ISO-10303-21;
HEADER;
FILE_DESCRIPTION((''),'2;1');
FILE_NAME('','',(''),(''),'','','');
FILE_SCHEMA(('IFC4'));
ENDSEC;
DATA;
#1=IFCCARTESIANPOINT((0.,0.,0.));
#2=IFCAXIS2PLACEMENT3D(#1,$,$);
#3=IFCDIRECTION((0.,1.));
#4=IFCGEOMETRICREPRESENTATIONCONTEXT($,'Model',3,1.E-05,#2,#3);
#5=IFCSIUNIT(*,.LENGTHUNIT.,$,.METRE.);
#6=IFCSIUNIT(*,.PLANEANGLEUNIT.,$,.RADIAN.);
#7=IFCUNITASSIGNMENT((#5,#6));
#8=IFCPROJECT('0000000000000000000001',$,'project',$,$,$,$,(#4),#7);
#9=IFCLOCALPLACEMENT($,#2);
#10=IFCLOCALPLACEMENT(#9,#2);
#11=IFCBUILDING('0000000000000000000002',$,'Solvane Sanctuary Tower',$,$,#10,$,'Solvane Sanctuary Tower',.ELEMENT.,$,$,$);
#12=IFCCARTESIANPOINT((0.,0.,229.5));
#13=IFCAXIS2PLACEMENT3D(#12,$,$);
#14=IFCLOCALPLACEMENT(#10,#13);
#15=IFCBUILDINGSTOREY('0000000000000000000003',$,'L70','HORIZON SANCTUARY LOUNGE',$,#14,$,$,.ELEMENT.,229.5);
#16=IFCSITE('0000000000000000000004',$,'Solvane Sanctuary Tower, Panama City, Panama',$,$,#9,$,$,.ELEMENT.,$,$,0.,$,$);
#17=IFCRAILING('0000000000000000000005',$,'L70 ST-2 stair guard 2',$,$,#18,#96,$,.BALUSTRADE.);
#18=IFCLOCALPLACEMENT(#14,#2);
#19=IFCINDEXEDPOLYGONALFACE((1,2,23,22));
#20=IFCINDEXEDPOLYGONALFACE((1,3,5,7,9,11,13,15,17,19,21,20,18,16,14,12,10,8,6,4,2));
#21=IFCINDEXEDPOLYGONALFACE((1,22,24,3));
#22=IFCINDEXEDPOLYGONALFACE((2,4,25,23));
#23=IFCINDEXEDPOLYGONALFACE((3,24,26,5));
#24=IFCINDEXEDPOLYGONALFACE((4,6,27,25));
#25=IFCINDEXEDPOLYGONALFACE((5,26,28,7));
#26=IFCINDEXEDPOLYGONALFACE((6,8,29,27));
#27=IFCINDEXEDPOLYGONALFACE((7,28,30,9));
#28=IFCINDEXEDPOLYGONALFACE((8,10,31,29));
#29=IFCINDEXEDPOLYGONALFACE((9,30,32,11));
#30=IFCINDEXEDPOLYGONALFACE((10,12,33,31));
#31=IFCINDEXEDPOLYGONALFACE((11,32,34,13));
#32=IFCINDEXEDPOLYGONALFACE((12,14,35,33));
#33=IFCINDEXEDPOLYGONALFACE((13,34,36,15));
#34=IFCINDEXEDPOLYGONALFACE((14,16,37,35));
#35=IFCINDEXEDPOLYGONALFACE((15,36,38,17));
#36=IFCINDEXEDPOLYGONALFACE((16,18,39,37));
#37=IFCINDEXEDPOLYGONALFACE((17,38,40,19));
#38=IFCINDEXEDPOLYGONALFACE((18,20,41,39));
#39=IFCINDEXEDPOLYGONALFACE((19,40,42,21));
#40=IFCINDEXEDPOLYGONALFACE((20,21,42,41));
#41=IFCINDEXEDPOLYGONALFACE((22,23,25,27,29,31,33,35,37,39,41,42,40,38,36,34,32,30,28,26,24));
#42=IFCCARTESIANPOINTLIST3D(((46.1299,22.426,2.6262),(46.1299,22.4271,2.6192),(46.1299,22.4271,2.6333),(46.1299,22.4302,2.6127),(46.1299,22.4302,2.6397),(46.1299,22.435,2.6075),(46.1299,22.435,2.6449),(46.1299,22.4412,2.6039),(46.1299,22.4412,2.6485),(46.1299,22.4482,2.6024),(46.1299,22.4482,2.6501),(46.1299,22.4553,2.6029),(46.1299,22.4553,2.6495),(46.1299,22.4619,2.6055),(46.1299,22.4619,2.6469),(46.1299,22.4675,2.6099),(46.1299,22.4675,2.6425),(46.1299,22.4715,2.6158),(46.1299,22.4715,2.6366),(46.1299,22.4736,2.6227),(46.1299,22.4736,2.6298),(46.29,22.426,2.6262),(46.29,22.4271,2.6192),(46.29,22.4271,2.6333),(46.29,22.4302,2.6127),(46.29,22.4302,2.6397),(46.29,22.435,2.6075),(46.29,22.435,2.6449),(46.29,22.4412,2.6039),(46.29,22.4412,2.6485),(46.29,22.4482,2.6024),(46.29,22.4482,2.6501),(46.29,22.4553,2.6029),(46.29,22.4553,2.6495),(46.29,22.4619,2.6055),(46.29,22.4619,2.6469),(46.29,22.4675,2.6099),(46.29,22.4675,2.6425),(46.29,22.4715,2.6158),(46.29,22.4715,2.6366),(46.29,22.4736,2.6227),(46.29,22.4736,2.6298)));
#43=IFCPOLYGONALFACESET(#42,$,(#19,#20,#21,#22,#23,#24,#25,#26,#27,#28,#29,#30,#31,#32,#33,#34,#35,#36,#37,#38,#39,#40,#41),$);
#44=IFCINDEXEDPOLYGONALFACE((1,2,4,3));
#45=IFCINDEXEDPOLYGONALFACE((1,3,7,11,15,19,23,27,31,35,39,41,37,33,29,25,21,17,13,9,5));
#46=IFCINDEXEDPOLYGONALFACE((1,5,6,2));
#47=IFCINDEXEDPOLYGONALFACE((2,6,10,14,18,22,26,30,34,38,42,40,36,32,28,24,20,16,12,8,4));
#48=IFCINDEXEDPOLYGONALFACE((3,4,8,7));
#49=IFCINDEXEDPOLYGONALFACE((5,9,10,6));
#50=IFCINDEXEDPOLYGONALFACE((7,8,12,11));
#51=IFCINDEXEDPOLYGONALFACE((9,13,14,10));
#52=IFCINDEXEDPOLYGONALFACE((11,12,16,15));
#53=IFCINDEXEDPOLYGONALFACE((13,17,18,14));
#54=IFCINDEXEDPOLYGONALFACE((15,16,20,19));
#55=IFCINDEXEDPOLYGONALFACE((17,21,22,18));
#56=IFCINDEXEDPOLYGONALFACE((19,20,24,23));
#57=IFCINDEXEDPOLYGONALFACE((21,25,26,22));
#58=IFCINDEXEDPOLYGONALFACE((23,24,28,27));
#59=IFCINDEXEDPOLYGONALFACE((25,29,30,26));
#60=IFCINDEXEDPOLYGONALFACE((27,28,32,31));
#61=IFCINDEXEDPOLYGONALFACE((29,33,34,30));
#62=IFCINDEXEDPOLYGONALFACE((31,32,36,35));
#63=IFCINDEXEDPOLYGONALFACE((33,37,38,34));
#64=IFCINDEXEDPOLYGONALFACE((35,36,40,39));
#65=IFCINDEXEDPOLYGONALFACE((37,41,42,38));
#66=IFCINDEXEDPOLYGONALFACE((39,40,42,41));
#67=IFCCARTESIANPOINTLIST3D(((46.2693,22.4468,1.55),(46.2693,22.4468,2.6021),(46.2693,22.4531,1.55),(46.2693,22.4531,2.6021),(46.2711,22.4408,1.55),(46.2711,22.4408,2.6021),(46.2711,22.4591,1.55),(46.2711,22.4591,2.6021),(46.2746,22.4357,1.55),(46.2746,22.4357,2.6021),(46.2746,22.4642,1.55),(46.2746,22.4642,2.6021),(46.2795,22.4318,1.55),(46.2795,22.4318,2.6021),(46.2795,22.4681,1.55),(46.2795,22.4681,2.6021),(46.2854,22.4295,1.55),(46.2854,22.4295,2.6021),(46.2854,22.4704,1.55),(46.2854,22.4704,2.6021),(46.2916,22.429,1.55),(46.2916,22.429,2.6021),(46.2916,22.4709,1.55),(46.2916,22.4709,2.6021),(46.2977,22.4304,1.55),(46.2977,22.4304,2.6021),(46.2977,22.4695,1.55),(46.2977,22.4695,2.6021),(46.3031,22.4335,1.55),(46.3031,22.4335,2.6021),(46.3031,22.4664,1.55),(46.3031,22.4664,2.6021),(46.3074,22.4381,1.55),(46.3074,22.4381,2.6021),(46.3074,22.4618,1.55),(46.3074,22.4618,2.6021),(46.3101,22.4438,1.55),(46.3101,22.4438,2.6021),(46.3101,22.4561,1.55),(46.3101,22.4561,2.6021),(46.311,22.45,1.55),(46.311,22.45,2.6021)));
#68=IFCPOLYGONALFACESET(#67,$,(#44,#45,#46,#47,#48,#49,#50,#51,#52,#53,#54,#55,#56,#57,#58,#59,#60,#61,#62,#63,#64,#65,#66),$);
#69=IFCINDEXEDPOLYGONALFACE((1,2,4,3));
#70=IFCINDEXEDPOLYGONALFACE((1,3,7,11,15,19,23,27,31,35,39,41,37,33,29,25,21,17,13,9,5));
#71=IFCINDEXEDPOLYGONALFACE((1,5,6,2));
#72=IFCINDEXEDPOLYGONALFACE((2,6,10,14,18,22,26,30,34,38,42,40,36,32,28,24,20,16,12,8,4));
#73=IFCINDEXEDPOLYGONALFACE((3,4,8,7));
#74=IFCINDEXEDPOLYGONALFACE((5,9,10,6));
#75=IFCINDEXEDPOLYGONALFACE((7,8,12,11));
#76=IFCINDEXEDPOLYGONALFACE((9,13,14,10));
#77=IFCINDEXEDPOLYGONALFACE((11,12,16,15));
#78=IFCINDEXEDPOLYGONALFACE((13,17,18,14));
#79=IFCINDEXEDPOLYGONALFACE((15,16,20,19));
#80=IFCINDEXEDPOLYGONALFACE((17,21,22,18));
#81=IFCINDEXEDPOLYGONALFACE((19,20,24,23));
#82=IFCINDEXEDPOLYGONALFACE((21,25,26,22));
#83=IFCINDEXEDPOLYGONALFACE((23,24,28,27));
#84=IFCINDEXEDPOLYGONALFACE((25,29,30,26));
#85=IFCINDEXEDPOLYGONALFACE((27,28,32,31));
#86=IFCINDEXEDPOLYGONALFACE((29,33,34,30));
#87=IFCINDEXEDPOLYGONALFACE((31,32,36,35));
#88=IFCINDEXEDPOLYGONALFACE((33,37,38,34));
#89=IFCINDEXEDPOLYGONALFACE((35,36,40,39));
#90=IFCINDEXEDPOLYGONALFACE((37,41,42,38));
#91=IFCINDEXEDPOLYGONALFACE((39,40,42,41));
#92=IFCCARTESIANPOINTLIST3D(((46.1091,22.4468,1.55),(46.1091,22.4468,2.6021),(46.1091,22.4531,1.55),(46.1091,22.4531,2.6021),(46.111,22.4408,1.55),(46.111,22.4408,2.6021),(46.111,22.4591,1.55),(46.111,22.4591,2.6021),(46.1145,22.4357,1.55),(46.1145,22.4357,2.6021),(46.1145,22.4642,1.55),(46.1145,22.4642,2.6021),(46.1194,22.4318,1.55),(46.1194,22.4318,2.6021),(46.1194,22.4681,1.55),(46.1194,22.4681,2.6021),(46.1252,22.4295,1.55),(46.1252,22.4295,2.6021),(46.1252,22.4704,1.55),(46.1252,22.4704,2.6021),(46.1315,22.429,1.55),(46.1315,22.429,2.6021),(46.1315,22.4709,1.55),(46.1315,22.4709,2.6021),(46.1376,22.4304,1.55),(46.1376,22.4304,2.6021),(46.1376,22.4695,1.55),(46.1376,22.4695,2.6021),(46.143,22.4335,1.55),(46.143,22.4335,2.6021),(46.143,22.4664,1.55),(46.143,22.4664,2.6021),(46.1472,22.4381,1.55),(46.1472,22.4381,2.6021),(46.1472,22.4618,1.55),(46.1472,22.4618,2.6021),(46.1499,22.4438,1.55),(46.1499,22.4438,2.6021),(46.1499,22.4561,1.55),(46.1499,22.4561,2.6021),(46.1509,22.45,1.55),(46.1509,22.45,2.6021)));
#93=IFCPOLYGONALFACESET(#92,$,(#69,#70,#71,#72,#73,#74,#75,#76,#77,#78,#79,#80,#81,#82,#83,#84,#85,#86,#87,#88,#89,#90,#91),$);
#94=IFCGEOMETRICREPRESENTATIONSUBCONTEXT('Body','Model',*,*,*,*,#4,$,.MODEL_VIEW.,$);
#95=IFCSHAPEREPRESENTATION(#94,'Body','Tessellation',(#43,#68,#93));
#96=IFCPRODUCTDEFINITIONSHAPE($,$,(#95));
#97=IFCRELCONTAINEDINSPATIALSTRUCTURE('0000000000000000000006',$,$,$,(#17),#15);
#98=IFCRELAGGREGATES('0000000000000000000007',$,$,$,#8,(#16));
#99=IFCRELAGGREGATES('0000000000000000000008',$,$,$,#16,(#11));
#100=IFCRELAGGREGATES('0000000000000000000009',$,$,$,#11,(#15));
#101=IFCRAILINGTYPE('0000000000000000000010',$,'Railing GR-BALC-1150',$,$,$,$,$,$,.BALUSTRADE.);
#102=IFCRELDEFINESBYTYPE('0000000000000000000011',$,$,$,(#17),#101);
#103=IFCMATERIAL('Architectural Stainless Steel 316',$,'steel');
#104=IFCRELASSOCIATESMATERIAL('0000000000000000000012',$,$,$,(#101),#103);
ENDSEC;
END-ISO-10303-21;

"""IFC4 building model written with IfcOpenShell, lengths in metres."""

from ifc_helpers import new_model, si_unit, direction, frame, origin, origin_2d, place, context, subcontext, project, spatial, circle, extrude, material, type_object, element, save


model = new_model("IFC4")

# Units and contexts
model_context = context("Model", 3, precision=1e-05, world=origin(), true_north=direction((0.0, 1.0)))
body_context = subcontext(model_context, "Body", "Model", "MODEL_VIEW")
ifc_project = project(units=[si_unit("LENGTHUNIT", "METRE"), si_unit("PLANEANGLEUNIT", "RADIAN")], contexts=[model_context])

# Site, building, storey
site_placement = place(None, origin())
site = spatial("IfcSite", under=ifc_project, at=site_placement, Name="Solvane Sanctuary Tower, Panama City, Panama", CompositionType="ELEMENT", RefElevation=0.0)
building_placement = place(site_placement, origin())
building = spatial("IfcBuilding", under=site, at=building_placement, Name="Solvane Sanctuary Tower", LongName="Solvane Sanctuary Tower", CompositionType="ELEMENT")
storey_placement = place(building_placement, frame((0.0, 0.0, 229.5)))
storey = spatial("IfcBuildingStorey", under=building, at=storey_placement, Name="L70", Description="HORIZON SANCTUARY LOUNGE", CompositionType="ELEMENT", Elevation=229.5)

# Shared definitions
ifc_material_1 = material(Name="Architectural Stainless Steel 316", Category="steel")

# Railing
railing_type = type_object("IfcRailingType", Name="Railing GR-BALC-1150", PredefinedType="BALUSTRADE", material=ifc_material_1)
railing_1_placement = place(storey_placement, frame((46.29, 22.45, 1.55)))
element("IfcRailing", 1, at=railing_1_placement, inside=storey, type_object=railing_type, Name="L70 ST-2 stair guard 2", PredefinedType="BALUSTRADE", context=body_context, shape_type="SweptSolid", body=[
    extrude(circle(Radius=0.0239, at=origin_2d()), frame((0.0, 0.0, 1.0762), z_axis=(-1.0, 0.0, 0.0), x_axis=(0.0, -1.0, 0.0)), (0.0, 0.0, 1.0), 0.1602),
    extrude(circle(Radius=0.021, at=origin_2d()), origin(), (0.0, 0.0, 1.0), 1.052),
    extrude(circle(Radius=0.021, at=origin_2d()), frame((-0.1602, 0.0, 0.0)), (0.0, 0.0, 1.0), 1.052),
])

save(model, "model.ifc")
